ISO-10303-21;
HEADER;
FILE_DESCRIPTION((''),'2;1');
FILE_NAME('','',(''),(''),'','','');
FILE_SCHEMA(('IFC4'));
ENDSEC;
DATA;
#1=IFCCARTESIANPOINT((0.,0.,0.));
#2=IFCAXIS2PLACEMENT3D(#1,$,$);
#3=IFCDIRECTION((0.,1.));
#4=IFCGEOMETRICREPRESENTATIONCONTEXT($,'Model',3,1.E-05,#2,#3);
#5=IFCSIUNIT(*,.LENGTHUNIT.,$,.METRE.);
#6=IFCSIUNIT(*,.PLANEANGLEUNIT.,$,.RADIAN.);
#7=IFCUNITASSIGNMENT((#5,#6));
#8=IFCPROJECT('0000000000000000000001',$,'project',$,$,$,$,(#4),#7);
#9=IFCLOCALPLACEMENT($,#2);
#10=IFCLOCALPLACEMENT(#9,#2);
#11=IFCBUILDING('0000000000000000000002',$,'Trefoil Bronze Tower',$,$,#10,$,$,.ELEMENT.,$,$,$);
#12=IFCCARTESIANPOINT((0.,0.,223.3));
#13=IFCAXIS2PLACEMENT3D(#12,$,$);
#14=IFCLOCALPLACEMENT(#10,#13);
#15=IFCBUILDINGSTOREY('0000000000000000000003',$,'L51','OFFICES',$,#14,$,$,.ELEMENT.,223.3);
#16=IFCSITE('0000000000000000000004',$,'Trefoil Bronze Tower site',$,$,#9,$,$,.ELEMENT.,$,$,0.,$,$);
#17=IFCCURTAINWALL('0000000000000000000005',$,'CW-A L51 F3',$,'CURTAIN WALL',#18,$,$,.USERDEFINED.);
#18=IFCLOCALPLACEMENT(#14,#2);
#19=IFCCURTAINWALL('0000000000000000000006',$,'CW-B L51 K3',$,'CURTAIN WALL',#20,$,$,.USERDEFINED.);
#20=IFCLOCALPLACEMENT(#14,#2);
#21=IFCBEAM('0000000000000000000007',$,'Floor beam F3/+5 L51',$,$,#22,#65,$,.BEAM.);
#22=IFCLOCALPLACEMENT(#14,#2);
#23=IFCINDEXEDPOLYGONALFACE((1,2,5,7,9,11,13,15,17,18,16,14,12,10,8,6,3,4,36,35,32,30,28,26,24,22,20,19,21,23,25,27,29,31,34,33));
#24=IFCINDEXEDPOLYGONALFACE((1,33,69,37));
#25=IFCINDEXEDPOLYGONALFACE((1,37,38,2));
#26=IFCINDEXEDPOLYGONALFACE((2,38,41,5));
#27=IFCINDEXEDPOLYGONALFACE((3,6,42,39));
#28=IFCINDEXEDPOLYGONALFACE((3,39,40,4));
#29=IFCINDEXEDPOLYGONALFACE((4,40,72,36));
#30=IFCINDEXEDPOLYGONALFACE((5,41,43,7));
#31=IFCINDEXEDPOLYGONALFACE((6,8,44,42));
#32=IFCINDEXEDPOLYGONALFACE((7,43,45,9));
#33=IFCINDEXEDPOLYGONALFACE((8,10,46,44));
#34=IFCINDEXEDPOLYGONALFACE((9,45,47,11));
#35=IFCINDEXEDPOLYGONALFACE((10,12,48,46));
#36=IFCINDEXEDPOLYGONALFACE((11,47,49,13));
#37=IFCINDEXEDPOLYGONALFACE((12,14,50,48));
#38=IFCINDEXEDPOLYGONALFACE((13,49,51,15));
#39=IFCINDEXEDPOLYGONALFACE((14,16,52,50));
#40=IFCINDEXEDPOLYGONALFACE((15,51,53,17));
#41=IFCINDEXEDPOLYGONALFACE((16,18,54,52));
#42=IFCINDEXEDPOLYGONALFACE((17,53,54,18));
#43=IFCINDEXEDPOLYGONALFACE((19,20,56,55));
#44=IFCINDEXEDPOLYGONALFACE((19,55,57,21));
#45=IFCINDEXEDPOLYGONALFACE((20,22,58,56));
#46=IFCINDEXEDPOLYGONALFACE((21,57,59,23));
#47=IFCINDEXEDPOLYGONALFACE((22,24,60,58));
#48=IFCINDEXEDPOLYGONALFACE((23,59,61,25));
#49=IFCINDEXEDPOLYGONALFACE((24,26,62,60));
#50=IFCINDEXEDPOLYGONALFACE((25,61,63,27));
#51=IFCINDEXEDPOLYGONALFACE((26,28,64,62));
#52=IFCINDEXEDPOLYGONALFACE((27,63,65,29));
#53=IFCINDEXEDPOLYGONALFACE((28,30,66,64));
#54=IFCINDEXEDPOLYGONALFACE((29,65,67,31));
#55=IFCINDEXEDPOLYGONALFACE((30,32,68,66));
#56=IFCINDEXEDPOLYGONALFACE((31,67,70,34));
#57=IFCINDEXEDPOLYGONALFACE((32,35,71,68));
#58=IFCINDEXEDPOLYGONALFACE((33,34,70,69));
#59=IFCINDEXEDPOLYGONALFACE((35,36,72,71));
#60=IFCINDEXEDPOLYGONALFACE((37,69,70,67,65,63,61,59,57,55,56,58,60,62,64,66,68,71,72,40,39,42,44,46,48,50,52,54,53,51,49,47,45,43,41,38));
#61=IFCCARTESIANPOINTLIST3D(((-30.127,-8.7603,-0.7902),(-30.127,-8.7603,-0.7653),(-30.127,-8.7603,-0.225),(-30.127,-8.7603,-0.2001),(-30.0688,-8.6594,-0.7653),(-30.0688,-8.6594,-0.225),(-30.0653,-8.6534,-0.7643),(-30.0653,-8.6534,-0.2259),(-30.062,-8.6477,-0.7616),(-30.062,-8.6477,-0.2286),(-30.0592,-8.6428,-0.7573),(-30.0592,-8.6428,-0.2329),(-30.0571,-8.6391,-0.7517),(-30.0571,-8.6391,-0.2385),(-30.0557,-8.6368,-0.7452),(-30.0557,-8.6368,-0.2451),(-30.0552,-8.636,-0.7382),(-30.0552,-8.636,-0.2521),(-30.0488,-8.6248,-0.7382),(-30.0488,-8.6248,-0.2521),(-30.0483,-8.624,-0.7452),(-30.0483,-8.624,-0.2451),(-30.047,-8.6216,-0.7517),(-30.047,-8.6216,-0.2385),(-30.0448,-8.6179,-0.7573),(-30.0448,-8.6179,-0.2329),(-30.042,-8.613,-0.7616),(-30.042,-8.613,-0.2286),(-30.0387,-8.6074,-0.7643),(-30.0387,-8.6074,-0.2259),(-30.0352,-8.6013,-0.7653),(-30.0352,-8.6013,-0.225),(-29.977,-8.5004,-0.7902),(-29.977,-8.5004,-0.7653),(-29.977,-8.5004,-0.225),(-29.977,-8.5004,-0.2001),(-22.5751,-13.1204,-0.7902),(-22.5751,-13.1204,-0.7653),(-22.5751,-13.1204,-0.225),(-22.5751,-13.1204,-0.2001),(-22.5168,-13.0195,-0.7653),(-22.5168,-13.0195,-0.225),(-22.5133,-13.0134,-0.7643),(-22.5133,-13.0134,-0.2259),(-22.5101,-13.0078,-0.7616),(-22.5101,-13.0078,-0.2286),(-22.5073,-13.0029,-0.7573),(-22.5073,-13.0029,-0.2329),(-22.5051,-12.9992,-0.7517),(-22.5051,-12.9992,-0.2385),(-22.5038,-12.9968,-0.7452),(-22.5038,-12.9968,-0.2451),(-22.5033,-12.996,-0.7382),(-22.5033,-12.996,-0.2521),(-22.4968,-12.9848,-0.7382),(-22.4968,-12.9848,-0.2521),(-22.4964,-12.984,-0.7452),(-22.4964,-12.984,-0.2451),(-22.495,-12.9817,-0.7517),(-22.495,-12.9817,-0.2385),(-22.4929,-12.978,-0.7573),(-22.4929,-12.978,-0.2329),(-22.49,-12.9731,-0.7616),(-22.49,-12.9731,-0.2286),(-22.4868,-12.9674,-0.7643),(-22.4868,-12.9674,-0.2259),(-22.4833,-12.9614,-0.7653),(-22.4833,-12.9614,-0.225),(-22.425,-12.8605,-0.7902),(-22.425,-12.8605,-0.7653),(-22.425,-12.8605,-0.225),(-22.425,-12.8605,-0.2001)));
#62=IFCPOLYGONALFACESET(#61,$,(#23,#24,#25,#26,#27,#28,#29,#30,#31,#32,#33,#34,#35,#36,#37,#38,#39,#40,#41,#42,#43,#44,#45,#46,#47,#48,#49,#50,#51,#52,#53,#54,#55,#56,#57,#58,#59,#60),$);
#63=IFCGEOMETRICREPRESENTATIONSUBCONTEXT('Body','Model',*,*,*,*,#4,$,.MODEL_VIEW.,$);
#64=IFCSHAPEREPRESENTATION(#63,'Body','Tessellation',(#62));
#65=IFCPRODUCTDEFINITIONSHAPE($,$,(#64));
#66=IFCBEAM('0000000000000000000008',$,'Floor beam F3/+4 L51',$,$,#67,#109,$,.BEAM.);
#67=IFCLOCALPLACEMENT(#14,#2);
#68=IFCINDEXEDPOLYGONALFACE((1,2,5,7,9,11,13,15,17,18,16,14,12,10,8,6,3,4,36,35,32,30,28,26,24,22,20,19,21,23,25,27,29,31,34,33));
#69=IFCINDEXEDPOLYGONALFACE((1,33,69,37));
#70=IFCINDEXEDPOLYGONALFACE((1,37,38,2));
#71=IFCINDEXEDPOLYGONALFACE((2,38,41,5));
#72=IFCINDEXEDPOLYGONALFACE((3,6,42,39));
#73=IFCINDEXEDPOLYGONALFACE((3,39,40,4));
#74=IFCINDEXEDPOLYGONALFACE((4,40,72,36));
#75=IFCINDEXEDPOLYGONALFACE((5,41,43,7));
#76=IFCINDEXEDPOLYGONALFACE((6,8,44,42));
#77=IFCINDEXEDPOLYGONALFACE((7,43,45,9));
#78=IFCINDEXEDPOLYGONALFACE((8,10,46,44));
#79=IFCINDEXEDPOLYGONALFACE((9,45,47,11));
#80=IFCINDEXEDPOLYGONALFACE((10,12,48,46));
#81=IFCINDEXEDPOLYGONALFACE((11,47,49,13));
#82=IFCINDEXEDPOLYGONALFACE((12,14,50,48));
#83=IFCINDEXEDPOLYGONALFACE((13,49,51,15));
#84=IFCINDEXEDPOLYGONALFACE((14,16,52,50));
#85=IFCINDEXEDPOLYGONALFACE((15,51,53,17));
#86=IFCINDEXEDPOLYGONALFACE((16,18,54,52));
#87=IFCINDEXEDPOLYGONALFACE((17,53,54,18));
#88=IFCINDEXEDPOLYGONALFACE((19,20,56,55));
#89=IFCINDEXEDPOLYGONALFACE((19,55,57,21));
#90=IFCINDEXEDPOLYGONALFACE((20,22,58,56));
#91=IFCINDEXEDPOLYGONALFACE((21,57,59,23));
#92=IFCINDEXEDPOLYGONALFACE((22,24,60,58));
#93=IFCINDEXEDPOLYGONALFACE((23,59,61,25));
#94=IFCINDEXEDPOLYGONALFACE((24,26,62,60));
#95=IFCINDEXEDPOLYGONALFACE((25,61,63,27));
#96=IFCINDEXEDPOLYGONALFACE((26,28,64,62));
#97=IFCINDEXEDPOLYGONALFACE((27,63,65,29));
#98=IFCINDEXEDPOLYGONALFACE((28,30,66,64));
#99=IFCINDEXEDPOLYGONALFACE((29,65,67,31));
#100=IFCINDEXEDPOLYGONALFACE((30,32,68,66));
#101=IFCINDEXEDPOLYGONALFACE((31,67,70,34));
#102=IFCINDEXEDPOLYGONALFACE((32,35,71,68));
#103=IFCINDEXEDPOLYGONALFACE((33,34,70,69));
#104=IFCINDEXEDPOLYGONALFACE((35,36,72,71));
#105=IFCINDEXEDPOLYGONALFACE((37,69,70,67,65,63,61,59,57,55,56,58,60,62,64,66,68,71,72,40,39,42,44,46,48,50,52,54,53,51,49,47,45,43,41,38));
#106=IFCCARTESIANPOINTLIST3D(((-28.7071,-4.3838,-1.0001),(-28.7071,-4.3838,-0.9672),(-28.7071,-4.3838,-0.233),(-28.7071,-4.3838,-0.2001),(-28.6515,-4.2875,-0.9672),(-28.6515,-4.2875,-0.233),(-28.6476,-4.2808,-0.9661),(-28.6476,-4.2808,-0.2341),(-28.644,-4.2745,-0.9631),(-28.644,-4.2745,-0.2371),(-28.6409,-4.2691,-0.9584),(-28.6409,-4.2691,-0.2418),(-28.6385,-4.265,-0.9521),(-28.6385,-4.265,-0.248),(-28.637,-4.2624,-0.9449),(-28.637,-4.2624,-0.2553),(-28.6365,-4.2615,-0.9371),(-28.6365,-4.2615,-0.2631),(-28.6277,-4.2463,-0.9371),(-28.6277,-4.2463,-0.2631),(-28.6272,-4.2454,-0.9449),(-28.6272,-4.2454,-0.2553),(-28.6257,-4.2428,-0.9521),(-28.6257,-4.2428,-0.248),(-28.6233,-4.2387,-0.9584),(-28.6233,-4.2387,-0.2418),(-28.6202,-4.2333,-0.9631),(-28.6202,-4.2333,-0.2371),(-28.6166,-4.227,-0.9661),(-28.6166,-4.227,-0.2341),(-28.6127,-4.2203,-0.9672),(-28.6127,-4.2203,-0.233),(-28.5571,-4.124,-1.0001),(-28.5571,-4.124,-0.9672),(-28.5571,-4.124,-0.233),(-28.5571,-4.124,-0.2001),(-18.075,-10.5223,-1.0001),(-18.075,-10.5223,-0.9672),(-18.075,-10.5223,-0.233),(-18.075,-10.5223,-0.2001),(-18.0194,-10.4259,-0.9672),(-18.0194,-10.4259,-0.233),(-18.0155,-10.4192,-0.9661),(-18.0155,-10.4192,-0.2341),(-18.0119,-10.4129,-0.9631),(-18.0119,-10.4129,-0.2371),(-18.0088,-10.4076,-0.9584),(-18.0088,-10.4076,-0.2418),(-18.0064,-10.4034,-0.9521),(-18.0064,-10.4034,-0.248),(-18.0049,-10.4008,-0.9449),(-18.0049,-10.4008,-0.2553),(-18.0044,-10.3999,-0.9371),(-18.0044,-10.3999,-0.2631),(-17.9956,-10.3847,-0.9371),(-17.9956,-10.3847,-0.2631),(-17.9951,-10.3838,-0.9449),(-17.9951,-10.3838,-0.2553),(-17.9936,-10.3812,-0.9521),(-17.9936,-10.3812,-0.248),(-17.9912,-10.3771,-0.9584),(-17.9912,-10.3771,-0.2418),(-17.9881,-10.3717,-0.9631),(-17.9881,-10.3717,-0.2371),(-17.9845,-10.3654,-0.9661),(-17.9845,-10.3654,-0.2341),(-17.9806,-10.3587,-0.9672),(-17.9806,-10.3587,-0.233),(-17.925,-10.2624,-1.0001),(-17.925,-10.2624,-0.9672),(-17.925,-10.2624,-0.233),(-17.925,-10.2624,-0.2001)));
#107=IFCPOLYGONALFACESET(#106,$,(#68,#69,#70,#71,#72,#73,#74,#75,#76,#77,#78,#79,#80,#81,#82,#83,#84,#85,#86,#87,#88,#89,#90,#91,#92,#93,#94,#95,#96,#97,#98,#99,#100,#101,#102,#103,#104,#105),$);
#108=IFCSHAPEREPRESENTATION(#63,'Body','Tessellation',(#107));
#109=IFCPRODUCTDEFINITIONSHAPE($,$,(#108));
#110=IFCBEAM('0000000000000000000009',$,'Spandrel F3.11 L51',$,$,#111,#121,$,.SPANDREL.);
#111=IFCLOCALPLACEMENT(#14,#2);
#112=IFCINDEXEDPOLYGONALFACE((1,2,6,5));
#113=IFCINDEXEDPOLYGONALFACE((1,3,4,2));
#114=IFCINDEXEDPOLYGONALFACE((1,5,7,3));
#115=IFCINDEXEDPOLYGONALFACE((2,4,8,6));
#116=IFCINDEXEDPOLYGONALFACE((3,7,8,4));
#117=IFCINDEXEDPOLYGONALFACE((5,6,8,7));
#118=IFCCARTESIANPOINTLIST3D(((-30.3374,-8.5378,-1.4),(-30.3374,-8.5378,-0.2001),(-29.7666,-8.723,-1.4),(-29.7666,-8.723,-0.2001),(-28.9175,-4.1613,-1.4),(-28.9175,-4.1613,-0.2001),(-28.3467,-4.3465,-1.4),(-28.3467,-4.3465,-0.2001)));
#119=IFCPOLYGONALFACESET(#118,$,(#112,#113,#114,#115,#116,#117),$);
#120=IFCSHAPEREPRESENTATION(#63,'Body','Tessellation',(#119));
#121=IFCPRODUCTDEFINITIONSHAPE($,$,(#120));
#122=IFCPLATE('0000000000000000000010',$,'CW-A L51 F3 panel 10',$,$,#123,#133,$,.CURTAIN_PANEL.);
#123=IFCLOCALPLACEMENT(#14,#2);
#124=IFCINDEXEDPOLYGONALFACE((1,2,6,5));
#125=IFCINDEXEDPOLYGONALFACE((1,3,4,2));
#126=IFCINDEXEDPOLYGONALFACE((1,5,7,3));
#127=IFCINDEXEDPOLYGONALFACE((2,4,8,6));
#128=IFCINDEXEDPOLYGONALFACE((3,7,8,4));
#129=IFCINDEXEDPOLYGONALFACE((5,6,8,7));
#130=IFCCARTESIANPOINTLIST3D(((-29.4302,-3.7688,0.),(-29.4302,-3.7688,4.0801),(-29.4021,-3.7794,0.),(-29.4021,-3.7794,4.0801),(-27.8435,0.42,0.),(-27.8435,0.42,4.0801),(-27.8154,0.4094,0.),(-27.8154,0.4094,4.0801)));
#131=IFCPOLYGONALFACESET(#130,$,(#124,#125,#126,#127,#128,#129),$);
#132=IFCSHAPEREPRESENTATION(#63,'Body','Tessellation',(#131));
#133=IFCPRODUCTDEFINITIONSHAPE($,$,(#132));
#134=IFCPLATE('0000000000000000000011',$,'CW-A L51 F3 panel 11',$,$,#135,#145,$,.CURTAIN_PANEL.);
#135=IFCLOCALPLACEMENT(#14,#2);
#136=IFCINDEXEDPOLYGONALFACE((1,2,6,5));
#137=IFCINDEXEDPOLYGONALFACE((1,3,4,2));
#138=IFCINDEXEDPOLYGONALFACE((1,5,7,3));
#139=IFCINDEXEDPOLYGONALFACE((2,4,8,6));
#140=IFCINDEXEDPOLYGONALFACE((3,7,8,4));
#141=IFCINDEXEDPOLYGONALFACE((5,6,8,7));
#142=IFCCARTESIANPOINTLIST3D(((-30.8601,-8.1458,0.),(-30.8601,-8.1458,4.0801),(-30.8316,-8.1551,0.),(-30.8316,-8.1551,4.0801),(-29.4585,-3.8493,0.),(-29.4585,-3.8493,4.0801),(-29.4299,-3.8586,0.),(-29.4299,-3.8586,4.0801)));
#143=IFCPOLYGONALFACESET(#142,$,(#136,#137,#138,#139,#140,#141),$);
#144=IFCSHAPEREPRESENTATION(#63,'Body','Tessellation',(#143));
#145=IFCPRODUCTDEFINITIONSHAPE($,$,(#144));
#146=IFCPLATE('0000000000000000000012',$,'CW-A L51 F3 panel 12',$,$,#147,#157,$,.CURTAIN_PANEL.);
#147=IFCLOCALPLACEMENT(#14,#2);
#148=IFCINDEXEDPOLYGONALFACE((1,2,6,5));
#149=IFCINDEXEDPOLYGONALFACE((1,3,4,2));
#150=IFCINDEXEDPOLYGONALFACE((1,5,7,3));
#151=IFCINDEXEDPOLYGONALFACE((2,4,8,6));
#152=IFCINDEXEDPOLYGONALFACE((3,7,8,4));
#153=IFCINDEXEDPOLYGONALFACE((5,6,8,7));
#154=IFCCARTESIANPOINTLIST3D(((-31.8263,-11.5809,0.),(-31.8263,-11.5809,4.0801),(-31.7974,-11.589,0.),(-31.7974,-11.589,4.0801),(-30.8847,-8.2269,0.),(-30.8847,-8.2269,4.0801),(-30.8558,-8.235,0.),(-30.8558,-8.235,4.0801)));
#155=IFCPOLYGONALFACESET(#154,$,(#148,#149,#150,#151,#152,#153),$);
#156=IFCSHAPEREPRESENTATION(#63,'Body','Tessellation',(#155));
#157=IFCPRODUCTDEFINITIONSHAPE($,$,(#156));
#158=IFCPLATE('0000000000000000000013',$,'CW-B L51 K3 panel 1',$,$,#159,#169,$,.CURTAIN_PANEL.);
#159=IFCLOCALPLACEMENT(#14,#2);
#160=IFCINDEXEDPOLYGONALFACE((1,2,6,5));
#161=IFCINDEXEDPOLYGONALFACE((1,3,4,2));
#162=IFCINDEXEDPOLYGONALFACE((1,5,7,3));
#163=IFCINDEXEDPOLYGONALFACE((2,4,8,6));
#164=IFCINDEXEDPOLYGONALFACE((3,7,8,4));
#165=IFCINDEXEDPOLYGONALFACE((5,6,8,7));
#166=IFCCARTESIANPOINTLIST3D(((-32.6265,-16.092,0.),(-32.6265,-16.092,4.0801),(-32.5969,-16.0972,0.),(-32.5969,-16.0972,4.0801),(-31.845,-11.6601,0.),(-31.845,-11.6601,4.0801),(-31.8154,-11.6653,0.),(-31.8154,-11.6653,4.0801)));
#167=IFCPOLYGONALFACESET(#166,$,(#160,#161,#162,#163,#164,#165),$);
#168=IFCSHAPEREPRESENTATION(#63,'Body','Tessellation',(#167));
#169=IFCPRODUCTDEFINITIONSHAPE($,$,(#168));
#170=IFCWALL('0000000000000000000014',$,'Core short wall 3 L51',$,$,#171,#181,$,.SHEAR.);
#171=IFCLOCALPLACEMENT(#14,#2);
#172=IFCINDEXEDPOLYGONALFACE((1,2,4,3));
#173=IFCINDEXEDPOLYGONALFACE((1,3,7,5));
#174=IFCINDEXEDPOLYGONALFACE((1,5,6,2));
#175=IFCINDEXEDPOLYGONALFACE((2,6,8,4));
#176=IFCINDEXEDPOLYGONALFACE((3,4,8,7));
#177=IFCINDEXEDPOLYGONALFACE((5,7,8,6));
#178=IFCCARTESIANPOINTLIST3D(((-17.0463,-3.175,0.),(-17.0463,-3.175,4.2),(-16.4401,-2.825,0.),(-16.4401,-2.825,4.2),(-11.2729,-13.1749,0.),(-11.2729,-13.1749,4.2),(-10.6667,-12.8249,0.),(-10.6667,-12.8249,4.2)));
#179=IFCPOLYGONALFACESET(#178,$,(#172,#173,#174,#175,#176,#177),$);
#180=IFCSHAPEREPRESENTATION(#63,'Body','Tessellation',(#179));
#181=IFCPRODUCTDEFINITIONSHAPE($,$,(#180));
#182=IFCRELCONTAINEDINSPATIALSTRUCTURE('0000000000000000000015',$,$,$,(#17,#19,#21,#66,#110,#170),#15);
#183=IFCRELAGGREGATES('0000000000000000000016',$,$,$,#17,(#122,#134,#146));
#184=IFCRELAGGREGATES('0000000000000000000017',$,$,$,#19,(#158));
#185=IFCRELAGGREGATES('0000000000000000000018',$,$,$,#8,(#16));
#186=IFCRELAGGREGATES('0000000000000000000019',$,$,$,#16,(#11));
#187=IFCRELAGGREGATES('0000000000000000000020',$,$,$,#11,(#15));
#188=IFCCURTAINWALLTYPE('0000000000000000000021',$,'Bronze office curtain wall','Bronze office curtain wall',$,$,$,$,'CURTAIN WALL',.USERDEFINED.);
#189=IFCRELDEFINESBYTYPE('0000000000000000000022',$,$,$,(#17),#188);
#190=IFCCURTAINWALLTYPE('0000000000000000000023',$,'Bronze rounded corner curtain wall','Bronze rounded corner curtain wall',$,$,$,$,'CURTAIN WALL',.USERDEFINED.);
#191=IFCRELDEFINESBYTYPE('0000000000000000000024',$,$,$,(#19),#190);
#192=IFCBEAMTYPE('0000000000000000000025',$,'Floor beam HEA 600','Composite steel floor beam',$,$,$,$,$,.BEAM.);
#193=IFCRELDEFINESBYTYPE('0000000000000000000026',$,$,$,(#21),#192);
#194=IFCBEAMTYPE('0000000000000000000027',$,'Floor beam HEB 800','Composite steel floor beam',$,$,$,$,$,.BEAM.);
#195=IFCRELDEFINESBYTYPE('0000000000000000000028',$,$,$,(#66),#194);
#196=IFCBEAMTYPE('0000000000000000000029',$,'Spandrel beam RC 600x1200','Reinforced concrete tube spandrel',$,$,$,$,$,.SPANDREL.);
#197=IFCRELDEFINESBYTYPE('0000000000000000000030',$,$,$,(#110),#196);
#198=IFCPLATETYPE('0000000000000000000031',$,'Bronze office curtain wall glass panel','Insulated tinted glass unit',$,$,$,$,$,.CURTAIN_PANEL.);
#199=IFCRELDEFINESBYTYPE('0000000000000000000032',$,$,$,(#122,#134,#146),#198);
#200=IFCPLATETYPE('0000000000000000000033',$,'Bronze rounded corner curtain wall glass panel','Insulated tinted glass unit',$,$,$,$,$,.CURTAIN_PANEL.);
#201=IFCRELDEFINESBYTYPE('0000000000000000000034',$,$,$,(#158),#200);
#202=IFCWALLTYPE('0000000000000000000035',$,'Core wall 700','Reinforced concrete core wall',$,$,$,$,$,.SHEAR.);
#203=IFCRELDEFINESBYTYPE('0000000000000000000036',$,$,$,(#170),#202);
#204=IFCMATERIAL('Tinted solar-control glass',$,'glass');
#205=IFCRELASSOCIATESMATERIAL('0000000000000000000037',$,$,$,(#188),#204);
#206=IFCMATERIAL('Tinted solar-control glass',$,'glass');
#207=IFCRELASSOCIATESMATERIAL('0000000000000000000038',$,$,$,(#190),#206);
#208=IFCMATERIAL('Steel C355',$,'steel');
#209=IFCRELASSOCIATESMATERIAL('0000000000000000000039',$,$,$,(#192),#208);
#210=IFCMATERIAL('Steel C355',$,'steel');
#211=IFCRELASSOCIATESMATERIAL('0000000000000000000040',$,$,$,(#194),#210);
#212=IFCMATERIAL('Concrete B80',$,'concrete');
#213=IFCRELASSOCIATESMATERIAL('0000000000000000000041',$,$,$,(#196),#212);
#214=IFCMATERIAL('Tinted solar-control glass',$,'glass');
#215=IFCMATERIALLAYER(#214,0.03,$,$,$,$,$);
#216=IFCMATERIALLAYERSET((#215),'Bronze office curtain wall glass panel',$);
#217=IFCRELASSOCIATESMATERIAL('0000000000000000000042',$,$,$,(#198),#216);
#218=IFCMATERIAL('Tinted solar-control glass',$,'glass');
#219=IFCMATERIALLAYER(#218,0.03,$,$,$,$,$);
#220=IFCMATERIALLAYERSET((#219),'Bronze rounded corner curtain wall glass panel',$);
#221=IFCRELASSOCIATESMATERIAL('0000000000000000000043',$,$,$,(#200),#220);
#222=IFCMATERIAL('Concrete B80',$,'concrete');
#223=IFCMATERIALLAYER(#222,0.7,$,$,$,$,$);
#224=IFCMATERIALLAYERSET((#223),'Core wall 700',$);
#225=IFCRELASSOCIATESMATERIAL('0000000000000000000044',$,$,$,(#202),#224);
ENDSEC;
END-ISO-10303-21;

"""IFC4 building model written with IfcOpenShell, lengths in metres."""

from ifc_helpers import new_model, si_unit, direction, frame, frame_2d, origin, origin_2d, place, context, subcontext, project, spatial, rectangle, i_section, extrude, material, layer, layer_set, material_profile, profile_set, type_object, element, aggregate, save


model = new_model("IFC4")

# Units and contexts
model_context = context("Model", 3, precision=1e-05, world=origin(), true_north=direction((0.0, 1.0)))
body_context = subcontext(model_context, "Body", "Model", "MODEL_VIEW")
ifc_project = project(units=[si_unit("LENGTHUNIT", "METRE"), si_unit("PLANEANGLEUNIT", "RADIAN")], contexts=[model_context])

# Site, building, storey
site_placement = place(None, origin())
site = spatial("IfcSite", under=ifc_project, at=site_placement, Name="Trefoil Bronze Tower site", CompositionType="ELEMENT", RefElevation=0.0)
building_placement = place(site_placement, origin())
building = spatial("IfcBuilding", under=site, at=building_placement, Name="Trefoil Bronze Tower", CompositionType="ELEMENT")
storey_placement = place(building_placement, frame((0.0, 0.0, 223.3)))
storey = spatial("IfcBuildingStorey", under=building, at=storey_placement, Name="L51", Description="OFFICES", CompositionType="ELEMENT", Elevation=223.3)

# Curtain walls
ifc_material_1 = material(Name="Tinted solar-control glass", Category="glass")
curtain_wall_type_1 = type_object("IfcCurtainWallType", Name="Bronze office curtain wall", Description="Bronze office curtain wall", ElementType="CURTAIN WALL", PredefinedType="USERDEFINED", material=ifc_material_1)
curtain_wall_1_placement = place(storey_placement, origin())
curtain_wall_1 = element("IfcCurtainWall", 1, at=curtain_wall_1_placement, inside=storey, type_object=curtain_wall_type_1, Name="CW-A L51 F3", ObjectType="CURTAIN WALL", PredefinedType="USERDEFINED")
ifc_material_2 = material(Name="Tinted solar-control glass", Category="glass")
curtain_wall_type_2 = type_object("IfcCurtainWallType", Name="Bronze rounded corner curtain wall", Description="Bronze rounded corner curtain wall", ElementType="CURTAIN WALL", PredefinedType="USERDEFINED", material=ifc_material_2)
curtain_wall_2_placement = place(storey_placement, origin())
curtain_wall_2 = element("IfcCurtainWall", 2, at=curtain_wall_2_placement, inside=storey, type_object=curtain_wall_type_2, Name="CW-B L51 K3", ObjectType="CURTAIN WALL", PredefinedType="USERDEFINED")

# Beams
ifc_material_3 = material(Name="Steel C355", Category="steel")
ifc_material_profile_1 = material_profile(ifc_material_3, i_section(OverallWidth=0.3, OverallDepth=0.5901, WebThickness=0.0129, FlangeThickness=0.0249, FilletRadius=0.0271, at=origin_2d()), Name="HEA 600")
ifc_profile_set_1 = profile_set([ifc_material_profile_1], Name="Steel C355")
beam_type_1 = type_object("IfcBeamType", Name="Floor beam HEA 600", Description="Composite steel floor beam", PredefinedType="BEAM", material=ifc_profile_set_1)
beam_1_placement = place(storey_placement, frame((-30.052, -8.6304, -0.4951), z_axis=(0.866028, -0.499996, 0.0), x_axis=(0.499996, 0.866028, 0.0)))
element("IfcBeam", 3, at=beam_1_placement, inside=storey, type_object=beam_type_1, Name="Floor beam F3/+5 L51", PredefinedType="BEAM", context=body_context, shape_type="SweptSolid", body=[
    extrude(i_section(OverallWidth=0.3, OverallDepth=0.5901, WebThickness=0.0129, FlangeThickness=0.0249, FilletRadius=0.0271, at=origin_2d()), origin(), (0.0, 0.0, 1.0), 8.7202),
])
ifc_material_4 = material(Name="Steel C355", Category="steel")
ifc_material_profile_2 = material_profile(ifc_material_4, i_section(OverallWidth=0.3, OverallDepth=0.8, WebThickness=0.0176, FlangeThickness=0.033, FilletRadius=0.03, at=origin_2d()), Name="HEB 800")
ifc_profile_set_2 = profile_set([ifc_material_profile_2], Name="Steel C355")
beam_type_2 = type_object("IfcBeamType", Name="Floor beam HEB 800", Description="Composite steel floor beam", PredefinedType="BEAM", material=ifc_profile_set_2)
beam_2_placement = place(storey_placement, frame((-28.6321, -4.2539, -0.6001), z_axis=(0.866026, -0.5, 0.0), x_axis=(0.5, 0.866026, 0.0)))
element("IfcBeam", 4, at=beam_2_placement, inside=storey, type_object=beam_type_2, Name="Floor beam F3/+4 L51", PredefinedType="BEAM", context=body_context, shape_type="SweptSolid", body=[
    extrude(i_section(OverallWidth=0.3, OverallDepth=0.8, WebThickness=0.0176, FlangeThickness=0.033, FilletRadius=0.03, at=origin_2d()), origin(), (0.0, 0.0, 1.0), 12.2769),
])
ifc_material_5 = material(Name="Concrete B80", Category="concrete")
ifc_material_profile_3 = material_profile(ifc_material_5, rectangle(XDim=0.6001, YDim=1.2, at=origin_2d()), Name="RC 600x1200")
ifc_profile_set_3 = profile_set([ifc_material_profile_3], Name="Concrete B80")
beam_type_3 = type_object("IfcBeamType", Name="Spandrel beam RC 600x1200", Description="Reinforced concrete tube spandrel", PredefinedType="SPANDREL", material=ifc_profile_set_3)
beam_3_placement = place(storey_placement, frame((-28.6321, -4.2539, -0.8), z_axis=(-0.308609, -0.951189, 0.0), x_axis=(0.951189, -0.308609, 0.0)))
element("IfcBeam", 5, at=beam_3_placement, inside=storey, type_object=beam_type_3, Name="Spandrel F3.11 L51", PredefinedType="SPANDREL", context=body_context, shape_type="SweptSolid", body=[
    extrude(rectangle(XDim=0.6001, YDim=1.2, at=origin_2d()), origin(), (0.0, 0.0, 1.0), 4.6011),
])

# Plates
ifc_material_6 = material(Name="Tinted solar-control glass", Category="glass")
ifc_layer_1 = layer(ifc_material_6, 0.03)
ifc_layer_set_1 = layer_set([ifc_layer_1], Name="Bronze office curtain wall glass panel")
plate_type_1 = type_object("IfcPlateType", Name="Bronze office curtain wall glass panel", Description="Insulated tinted glass unit", PredefinedType="CURTAIN_PANEL", material=ifc_layer_set_1)
plate_1_placement = place(storey_placement, frame((-28.6228, -1.6797, 0.0), z_axis=(0.0, 0.0, 1.0), x_axis=(-0.354234, -0.935157, 0.0)))
plate_1 = element("IfcPlate", 6, at=plate_1_placement, type_object=plate_type_1, Name="CW-A L51 F3 panel 10", PredefinedType="CURTAIN_PANEL", context=body_context, shape_type="SweptSolid", body=[
    extrude(rectangle(XDim=4.4792, YDim=0.03, at=origin_2d()), origin(), (0.0, 0.0, 1.0), 4.0801),
])
plate_2_placement = place(storey_placement, frame((-30.145, -6.0022, 0.0), z_axis=(0.0, 0.0, 1.0), x_axis=(-0.310149, -0.950688, 0.0)))
plate_2 = element("IfcPlate", 7, at=plate_2_placement, type_object=plate_type_1, Name="CW-A L51 F3 panel 11", PredefinedType="CURTAIN_PANEL", context=body_context, shape_type="SweptSolid", body=[
    extrude(rectangle(XDim=4.5193, YDim=0.03, at=origin_2d()), origin(), (0.0, 0.0, 1.0), 4.0801),
])
plate_3_placement = place(storey_placement, frame((-31.3411, -9.908, 0.0), z_axis=(0.0, 0.0, 1.0), x_axis=(-0.270282, -0.962781, 0.0)))
plate_3 = element("IfcPlate", 8, at=plate_3_placement, type_object=plate_type_1, Name="CW-A L51 F3 panel 12", PredefinedType="CURTAIN_PANEL", context=body_context, shape_type="SweptSolid", body=[
    extrude(rectangle(XDim=3.4836, YDim=0.03, at=origin_2d()), origin(), (0.0, 0.0, 1.0), 4.0801),
])
aggregate(curtain_wall_1, [plate_1, plate_2, plate_3])
ifc_material_7 = material(Name="Tinted solar-control glass", Category="glass")
ifc_layer_2 = layer(ifc_material_7, 0.03)
ifc_layer_set_2 = layer_set([ifc_layer_2], Name="Bronze rounded corner curtain wall glass panel")
plate_type_2 = type_object("IfcPlateType", Name="Bronze rounded corner curtain wall glass panel", Description="Insulated tinted glass unit", PredefinedType="CURTAIN_PANEL", material=ifc_layer_set_2)
plate_4_placement = place(storey_placement, frame((-32.2209, -13.8787, 0.0), z_axis=(0.0, 0.0, 1.0), x_axis=(-0.173648, -0.984808, 0.0)))
plate_4 = element("IfcPlate", 9, at=plate_4_placement, type_object=plate_type_2, Name="CW-B L51 K3 panel 1", PredefinedType="CURTAIN_PANEL", context=body_context, shape_type="SweptSolid", body=[
    extrude(rectangle(XDim=4.5002, YDim=0.03, at=origin_2d()), origin(), (0.0, 0.0, 1.0), 4.0801),
])
aggregate(curtain_wall_2, [plate_4])

# Wall
ifc_material_8 = material(Name="Concrete B80", Category="concrete")
ifc_layer_3 = layer(ifc_material_8, 0.7)
ifc_layer_set_3 = layer_set([ifc_layer_3], Name="Core wall 700")
wall_type_1 = type_object("IfcWallType", Name="Core wall 700", Description="Reinforced concrete core wall", PredefinedType="SHEAR", material=ifc_layer_set_3)
wall_1_placement = place(storey_placement, frame((-16.7432, -3.0, 0.0), z_axis=(0.0, 0.0, 1.0), x_axis=(0.499996, -0.866028, 0.0)))
element("IfcWall", 10, at=wall_1_placement, inside=storey, type_object=wall_type_1, Name="Core short wall 3 L51", PredefinedType="SHEAR", context=body_context, shape_type="SweptSolid", body=[
    extrude(rectangle(XDim=11.5469, YDim=0.7, at=frame_2d((5.7734, 0.0))), origin(), (0.0, 0.0, 1.0), 4.2),
])

save(model, "model.ifc")
